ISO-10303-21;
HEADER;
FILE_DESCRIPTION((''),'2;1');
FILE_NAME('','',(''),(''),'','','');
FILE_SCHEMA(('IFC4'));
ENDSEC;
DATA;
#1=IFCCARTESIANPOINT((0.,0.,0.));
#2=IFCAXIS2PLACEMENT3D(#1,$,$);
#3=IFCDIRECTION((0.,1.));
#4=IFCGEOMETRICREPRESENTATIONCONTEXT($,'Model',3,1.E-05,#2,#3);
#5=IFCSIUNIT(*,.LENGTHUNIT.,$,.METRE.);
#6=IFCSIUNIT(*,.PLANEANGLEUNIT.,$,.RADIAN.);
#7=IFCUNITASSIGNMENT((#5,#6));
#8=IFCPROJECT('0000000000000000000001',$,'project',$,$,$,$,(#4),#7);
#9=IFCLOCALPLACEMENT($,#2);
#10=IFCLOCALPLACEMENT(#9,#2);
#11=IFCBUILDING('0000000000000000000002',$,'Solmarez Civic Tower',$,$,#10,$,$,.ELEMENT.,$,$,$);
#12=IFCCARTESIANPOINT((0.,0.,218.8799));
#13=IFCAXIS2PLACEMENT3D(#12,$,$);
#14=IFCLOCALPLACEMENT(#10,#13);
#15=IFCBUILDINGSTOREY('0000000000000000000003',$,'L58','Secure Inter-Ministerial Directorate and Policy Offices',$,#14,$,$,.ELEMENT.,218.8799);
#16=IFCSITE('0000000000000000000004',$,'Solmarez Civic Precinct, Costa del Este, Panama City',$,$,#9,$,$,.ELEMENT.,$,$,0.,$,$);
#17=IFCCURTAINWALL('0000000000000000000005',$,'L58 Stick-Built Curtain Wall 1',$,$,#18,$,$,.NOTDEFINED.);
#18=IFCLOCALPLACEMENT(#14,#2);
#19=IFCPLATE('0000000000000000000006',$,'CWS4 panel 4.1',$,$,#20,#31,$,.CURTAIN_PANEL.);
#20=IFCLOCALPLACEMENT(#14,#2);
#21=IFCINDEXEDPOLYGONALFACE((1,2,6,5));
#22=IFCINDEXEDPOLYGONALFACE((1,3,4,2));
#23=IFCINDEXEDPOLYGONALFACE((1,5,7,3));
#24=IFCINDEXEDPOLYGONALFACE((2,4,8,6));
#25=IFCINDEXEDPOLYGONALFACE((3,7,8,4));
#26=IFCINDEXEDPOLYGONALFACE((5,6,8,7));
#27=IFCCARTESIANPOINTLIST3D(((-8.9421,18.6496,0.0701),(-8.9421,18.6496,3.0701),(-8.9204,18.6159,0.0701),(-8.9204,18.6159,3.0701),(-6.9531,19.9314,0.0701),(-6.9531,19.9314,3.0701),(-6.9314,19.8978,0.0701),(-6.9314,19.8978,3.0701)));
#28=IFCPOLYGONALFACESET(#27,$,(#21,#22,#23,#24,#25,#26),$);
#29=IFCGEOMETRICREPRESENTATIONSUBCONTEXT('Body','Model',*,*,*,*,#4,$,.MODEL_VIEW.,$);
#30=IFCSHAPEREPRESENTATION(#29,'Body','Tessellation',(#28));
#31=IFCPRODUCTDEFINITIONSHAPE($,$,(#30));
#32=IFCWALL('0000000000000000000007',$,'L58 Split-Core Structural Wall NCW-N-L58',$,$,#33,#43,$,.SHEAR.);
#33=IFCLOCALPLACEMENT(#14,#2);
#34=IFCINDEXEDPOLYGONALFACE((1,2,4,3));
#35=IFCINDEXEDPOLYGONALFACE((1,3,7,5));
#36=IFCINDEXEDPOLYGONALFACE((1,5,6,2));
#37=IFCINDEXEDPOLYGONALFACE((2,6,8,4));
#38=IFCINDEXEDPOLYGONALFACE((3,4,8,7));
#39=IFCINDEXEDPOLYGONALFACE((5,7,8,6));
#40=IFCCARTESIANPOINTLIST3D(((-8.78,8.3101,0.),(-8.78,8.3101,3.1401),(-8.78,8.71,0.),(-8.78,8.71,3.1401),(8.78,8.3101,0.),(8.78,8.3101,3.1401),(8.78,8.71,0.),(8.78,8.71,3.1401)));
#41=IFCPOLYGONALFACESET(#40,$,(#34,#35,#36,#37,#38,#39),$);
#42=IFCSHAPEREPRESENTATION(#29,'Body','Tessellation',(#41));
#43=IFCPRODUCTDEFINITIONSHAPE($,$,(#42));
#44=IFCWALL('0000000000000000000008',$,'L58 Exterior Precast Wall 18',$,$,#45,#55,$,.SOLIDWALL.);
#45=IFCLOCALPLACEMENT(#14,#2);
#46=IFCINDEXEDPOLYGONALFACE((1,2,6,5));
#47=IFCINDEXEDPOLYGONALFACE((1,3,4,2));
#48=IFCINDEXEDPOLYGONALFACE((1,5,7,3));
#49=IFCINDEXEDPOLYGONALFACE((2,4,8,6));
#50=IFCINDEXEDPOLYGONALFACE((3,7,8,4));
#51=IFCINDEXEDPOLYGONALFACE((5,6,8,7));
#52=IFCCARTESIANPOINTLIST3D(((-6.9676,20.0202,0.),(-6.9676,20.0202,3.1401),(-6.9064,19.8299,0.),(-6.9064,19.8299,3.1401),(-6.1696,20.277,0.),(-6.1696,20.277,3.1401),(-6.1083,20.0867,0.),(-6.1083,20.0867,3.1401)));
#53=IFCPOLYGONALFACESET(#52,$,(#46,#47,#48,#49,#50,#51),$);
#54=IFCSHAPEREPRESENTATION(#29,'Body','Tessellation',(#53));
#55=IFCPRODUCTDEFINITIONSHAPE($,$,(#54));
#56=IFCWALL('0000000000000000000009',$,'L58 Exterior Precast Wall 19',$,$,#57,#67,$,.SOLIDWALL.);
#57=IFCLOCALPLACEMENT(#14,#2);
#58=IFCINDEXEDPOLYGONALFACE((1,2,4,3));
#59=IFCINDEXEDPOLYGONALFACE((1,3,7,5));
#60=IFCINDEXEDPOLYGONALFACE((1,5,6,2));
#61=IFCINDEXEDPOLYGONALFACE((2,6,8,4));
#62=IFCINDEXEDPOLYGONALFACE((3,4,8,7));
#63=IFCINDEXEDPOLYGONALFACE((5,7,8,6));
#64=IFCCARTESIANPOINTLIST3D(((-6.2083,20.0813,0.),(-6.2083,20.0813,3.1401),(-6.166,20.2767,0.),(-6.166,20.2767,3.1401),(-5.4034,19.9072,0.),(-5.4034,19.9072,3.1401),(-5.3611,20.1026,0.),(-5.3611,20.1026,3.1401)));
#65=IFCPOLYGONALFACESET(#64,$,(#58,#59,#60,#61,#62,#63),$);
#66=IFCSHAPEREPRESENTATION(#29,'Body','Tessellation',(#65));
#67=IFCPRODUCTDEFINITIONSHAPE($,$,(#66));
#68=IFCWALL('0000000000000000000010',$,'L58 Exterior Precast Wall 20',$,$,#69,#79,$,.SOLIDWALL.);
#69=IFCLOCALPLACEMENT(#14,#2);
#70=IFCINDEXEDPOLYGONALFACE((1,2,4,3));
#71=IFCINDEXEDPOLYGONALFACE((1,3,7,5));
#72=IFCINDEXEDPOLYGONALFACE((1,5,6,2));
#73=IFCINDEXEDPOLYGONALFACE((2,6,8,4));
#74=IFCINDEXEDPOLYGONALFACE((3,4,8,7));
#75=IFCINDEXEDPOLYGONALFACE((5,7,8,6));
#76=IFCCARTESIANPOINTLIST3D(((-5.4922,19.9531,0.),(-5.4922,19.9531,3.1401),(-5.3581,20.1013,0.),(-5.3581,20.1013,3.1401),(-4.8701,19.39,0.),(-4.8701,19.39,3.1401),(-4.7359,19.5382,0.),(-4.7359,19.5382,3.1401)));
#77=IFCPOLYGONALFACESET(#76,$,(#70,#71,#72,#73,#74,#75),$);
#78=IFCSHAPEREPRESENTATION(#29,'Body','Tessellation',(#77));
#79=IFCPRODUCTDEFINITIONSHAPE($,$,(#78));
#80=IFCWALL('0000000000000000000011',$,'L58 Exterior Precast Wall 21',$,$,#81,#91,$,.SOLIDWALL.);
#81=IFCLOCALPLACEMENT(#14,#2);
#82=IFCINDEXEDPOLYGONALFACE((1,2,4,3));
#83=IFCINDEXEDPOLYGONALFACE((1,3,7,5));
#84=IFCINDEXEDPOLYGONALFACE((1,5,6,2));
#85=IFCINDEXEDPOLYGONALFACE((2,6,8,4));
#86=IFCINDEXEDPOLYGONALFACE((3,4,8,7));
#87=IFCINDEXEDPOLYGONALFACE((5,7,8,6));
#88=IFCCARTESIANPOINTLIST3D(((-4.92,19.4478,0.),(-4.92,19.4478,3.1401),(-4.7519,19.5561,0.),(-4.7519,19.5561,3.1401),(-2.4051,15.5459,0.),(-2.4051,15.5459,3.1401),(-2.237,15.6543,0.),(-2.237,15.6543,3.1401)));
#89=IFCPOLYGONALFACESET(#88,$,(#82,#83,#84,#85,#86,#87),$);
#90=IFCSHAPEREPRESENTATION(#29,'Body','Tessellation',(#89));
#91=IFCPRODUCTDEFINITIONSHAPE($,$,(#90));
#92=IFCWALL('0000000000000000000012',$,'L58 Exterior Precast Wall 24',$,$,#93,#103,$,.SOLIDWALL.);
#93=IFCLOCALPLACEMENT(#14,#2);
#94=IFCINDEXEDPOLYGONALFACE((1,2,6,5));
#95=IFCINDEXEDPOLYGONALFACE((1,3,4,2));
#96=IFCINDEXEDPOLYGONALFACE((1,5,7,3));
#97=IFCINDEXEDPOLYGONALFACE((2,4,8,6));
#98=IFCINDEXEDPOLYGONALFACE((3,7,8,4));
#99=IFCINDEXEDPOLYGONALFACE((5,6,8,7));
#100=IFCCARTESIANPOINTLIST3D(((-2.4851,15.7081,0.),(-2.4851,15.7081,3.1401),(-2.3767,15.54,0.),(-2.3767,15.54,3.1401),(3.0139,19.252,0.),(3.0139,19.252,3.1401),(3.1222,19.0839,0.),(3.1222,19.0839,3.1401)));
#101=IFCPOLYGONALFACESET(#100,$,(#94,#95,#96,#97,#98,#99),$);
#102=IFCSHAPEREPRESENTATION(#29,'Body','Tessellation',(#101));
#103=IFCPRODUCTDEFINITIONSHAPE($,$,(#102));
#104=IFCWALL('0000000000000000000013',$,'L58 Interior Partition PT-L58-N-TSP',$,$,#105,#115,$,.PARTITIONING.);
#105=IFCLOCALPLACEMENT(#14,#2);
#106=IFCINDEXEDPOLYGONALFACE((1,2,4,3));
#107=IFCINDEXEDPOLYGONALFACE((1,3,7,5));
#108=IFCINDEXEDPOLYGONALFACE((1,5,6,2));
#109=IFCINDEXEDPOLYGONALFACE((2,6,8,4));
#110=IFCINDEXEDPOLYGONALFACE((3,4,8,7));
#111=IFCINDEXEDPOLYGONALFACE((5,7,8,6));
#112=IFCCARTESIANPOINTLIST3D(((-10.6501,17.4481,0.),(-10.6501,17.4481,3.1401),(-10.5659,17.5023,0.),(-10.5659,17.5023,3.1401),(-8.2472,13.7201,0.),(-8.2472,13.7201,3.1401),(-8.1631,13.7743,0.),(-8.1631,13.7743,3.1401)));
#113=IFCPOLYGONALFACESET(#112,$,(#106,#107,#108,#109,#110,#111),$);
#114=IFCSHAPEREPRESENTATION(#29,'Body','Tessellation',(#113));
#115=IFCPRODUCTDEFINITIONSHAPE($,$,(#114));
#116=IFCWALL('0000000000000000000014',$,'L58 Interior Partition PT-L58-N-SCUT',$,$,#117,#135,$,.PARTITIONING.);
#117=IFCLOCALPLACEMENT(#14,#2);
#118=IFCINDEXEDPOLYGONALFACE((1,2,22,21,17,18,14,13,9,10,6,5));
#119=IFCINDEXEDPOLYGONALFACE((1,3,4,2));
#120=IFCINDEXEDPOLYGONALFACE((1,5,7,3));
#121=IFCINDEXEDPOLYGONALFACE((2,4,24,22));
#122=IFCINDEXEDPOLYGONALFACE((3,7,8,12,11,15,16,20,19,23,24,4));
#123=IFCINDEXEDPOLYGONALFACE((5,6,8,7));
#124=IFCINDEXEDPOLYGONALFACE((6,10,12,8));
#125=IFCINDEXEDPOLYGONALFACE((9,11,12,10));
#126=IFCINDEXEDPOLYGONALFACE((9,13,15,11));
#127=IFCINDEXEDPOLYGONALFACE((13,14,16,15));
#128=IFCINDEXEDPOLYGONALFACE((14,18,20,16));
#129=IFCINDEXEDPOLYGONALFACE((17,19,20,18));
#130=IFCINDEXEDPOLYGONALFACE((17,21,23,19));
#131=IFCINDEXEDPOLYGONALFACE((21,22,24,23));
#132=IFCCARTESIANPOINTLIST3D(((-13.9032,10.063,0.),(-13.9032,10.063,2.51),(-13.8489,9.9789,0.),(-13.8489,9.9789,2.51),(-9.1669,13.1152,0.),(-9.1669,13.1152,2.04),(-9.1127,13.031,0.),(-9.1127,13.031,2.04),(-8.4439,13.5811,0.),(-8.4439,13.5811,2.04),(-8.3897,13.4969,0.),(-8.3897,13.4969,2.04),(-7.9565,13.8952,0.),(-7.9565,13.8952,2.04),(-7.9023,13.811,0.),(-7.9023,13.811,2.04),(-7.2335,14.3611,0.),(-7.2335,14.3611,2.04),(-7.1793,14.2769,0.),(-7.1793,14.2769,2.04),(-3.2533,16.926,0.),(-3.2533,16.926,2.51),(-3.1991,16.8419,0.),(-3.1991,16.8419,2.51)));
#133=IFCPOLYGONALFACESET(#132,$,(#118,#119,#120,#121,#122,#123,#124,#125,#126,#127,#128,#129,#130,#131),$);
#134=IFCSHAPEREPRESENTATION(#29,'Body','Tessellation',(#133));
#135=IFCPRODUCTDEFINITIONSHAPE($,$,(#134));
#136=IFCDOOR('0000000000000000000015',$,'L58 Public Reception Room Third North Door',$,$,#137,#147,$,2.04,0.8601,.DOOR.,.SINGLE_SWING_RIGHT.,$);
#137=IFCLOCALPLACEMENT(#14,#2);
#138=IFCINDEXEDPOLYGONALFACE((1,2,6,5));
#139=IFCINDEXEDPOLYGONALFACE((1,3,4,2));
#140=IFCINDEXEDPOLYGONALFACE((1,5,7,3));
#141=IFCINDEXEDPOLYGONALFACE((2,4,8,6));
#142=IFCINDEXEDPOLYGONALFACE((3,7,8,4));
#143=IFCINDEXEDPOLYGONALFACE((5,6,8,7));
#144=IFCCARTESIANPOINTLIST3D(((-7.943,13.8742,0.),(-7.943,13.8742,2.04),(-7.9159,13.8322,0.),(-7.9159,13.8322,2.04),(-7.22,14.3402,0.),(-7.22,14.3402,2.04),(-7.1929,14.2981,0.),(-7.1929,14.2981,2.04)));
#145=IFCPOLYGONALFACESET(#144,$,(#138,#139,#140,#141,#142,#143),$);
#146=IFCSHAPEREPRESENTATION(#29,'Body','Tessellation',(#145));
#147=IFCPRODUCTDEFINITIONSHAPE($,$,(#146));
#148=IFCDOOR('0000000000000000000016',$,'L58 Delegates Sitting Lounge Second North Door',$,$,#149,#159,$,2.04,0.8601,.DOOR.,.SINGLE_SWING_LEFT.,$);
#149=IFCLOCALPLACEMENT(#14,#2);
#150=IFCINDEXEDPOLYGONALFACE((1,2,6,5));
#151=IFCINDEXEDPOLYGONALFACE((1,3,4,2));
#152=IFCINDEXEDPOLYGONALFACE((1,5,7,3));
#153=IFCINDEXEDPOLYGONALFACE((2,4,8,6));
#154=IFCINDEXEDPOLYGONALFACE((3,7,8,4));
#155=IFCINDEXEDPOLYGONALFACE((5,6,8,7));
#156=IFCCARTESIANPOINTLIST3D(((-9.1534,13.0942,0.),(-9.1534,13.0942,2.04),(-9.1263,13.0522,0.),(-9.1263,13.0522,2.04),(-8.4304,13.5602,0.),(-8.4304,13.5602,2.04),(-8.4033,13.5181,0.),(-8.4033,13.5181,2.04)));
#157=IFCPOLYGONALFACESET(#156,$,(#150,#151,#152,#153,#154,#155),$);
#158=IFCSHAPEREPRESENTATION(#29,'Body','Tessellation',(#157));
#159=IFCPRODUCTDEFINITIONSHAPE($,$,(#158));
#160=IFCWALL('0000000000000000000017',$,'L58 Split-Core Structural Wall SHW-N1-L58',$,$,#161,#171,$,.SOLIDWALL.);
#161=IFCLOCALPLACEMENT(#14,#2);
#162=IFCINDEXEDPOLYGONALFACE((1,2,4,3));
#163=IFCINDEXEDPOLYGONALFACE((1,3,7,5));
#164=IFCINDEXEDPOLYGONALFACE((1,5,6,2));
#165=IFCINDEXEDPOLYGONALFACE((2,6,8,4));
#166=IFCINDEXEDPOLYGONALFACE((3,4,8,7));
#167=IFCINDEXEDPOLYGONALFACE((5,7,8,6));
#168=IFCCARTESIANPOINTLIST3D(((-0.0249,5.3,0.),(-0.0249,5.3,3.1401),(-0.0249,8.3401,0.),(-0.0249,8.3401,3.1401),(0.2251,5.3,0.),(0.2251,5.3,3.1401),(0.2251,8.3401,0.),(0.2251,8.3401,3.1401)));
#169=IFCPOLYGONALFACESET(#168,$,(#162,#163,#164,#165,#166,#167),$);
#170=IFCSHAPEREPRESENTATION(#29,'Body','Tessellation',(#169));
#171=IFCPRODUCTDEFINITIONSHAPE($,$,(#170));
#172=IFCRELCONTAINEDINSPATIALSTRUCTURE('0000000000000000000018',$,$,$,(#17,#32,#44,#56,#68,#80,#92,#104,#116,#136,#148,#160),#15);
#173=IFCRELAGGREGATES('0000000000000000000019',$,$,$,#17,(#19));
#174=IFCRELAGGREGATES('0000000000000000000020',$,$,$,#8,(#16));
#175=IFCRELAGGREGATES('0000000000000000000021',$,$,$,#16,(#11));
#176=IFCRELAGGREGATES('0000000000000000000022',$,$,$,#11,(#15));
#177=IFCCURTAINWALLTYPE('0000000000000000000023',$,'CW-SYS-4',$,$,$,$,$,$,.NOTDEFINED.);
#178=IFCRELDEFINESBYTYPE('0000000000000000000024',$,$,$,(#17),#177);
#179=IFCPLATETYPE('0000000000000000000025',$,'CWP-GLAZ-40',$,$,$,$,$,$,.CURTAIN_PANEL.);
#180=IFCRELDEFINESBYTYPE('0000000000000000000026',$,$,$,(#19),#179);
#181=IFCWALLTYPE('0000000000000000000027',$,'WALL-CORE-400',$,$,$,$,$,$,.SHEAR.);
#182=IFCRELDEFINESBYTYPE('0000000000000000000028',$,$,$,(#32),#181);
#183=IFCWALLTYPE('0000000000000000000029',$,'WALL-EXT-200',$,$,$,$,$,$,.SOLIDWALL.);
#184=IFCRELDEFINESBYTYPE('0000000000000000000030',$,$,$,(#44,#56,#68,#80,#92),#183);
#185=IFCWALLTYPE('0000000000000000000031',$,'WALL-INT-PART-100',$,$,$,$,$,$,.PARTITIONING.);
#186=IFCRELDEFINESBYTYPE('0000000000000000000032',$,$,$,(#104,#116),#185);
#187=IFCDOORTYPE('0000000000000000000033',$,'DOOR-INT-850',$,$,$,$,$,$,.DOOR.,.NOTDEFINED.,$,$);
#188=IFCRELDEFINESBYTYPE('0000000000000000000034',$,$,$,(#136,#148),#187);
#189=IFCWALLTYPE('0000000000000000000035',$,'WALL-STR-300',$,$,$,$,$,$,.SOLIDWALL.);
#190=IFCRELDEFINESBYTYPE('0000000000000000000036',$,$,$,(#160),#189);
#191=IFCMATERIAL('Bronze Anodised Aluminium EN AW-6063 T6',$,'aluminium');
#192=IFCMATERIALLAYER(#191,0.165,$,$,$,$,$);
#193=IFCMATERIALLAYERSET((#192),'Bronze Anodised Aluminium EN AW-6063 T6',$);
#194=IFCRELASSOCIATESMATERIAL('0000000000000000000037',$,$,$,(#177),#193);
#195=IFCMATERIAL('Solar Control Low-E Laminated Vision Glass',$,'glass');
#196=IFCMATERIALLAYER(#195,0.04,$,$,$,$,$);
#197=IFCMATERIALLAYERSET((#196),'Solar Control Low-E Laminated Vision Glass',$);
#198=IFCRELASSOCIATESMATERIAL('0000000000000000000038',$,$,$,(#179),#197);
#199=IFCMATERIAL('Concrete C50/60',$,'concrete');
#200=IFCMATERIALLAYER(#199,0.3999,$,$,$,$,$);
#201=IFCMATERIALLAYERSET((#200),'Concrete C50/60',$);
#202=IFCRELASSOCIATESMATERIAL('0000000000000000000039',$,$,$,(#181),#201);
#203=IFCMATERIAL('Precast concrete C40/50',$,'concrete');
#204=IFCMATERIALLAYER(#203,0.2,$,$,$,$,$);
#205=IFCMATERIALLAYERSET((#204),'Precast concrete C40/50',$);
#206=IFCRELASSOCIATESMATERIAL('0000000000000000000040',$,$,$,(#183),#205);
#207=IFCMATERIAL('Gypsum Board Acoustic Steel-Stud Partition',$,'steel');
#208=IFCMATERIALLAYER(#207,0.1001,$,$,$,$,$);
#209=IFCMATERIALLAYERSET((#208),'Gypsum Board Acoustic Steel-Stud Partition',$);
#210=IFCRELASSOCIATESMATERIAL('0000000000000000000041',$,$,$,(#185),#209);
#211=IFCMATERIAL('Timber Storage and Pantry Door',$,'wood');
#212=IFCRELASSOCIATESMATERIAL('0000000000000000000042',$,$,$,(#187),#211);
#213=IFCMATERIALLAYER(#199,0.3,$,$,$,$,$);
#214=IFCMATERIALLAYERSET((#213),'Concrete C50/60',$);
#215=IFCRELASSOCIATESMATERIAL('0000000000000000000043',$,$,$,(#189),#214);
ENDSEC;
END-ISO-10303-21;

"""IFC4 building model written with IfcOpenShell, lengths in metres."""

from ifc_helpers import new_model, si_unit, direction, frame, frame_2d, origin, origin_2d, place, context, subcontext, project, spatial, rectangle, extrude, material, layer, layer_set, type_object, element, fill, aggregate, save


model = new_model("IFC4")

# Units and contexts
model_context = context("Model", 3, precision=1e-05, world=origin(), true_north=direction((0.0, 1.0)))
body_context = subcontext(model_context, "Body", "Model", "MODEL_VIEW")
ifc_project = project(units=[si_unit("LENGTHUNIT", "METRE"), si_unit("PLANEANGLEUNIT", "RADIAN")], contexts=[model_context])

# Site, building, storey
site_placement = place(None, origin())
site = spatial("IfcSite", under=ifc_project, at=site_placement, Name="Solmarez Civic Precinct, Costa del Este, Panama City", CompositionType="ELEMENT", RefElevation=0.0)
building_placement = place(site_placement, origin())
building = spatial("IfcBuilding", under=site, at=building_placement, Name="Solmarez Civic Tower", CompositionType="ELEMENT")
storey_placement = place(building_placement, frame((0.0, 0.0, 218.8799)))
storey = spatial("IfcBuildingStorey", under=building, at=storey_placement, Name="L58", Description="Secure Inter-Ministerial Directorate and Policy Offices", CompositionType="ELEMENT", Elevation=218.8799)

# Shared definitions
ifc_material_1 = material(Name="Concrete C50/60", Category="concrete")

# Curtain wall, plate
ifc_material_2 = material(Name="Bronze Anodised Aluminium EN AW-6063 T6", Category="aluminium")
ifc_layer_1 = layer(ifc_material_2, 0.165)
ifc_layer_set_1 = layer_set([ifc_layer_1], Name="Bronze Anodised Aluminium EN AW-6063 T6")
curtain_wall_type = type_object("IfcCurtainWallType", Name="CW-SYS-4", PredefinedType="NOTDEFINED", material=ifc_layer_set_1)
curtain_wall_placement = place(storey_placement, origin())
curtain_wall = element("IfcCurtainWall", 1, at=curtain_wall_placement, inside=storey, type_object=curtain_wall_type, Name="L58 Stick-Built Curtain Wall 1", PredefinedType="NOTDEFINED")
ifc_material_3 = material(Name="Solar Control Low-E Laminated Vision Glass", Category="glass")
ifc_layer_2 = layer(ifc_material_3, 0.04)
ifc_layer_set_2 = layer_set([ifc_layer_2], Name="Solar Control Low-E Laminated Vision Glass")
plate_type = type_object("IfcPlateType", Name="CWP-GLAZ-40", PredefinedType="CURTAIN_PANEL", material=ifc_layer_set_2)
plate_placement = place(storey_placement, frame((-7.9368, 19.2737, 0.0701), z_axis=(0.0, 0.0, 1.0), x_axis=(0.840563, 0.541714, 0.0)))
plate = element("IfcPlate", 2, at=plate_placement, type_object=plate_type, Name="CWS4 panel 4.1", PredefinedType="CURTAIN_PANEL", context=body_context, shape_type="SweptSolid", body=[
    extrude(rectangle(XDim=2.3662, YDim=0.04, at=origin_2d()), origin(), (0.0, 0.0, 1.0), 3.0),
])
aggregate(curtain_wall, [plate])

# Walls
ifc_layer_3 = layer(ifc_material_1, 0.3999)
ifc_layer_set_3 = layer_set([ifc_layer_3], Name="Concrete C50/60")
wall_type_1 = type_object("IfcWallType", Name="WALL-CORE-400", PredefinedType="SHEAR", material=ifc_layer_set_3)
wall_1_placement = place(storey_placement, frame((-8.78, 8.51, 0.0), z_axis=(0.0, 0.0, 1.0), x_axis=(1.0, 0.0, 0.0)))
element("IfcWall", 3, at=wall_1_placement, inside=storey, type_object=wall_type_1, Name="L58 Split-Core Structural Wall NCW-N-L58", PredefinedType="SHEAR", context=body_context, shape_type="SweptSolid", body=[
    extrude(rectangle(XDim=17.5601, YDim=0.3999, at=frame_2d((8.78, 0.0))), origin(), (0.0, 0.0, 1.0), 3.1401),
])
ifc_material_4 = material(Name="Precast concrete C40/50", Category="concrete")
ifc_layer_4 = layer(ifc_material_4, 0.2)
ifc_layer_set_4 = layer_set([ifc_layer_4], Name="Precast concrete C40/50")
wall_type_2 = type_object("IfcWallType", Name="WALL-EXT-200", PredefinedType="SOLIDWALL", material=ifc_layer_set_4)
wall_2_placement = place(storey_placement, frame((-6.937, 19.925, 0.0), z_axis=(0.0, 0.0, 1.0), x_axis=(0.951922, 0.306339, 0.0)))
element("IfcWall", 4, at=wall_2_placement, inside=storey, type_object=wall_type_2, Name="L58 Exterior Precast Wall 18", PredefinedType="SOLIDWALL", context=body_context, shape_type="SweptSolid", body=[
    extrude(rectangle(XDim=0.8384, YDim=0.2, at=frame_2d((0.4192, 0.0))), origin(), (0.0, 0.0, 1.0), 3.1401),
])
wall_3_placement = place(storey_placement, frame((-6.187, 20.179, 0.0), z_axis=(0.0, 0.0, 1.0), x_axis=(0.977406, -0.211371, 0.0)))
element("IfcWall", 5, at=wall_3_placement, inside=storey, type_object=wall_type_2, Name="L58 Exterior Precast Wall 19", PredefinedType="SOLIDWALL", context=body_context, shape_type="SweptSolid", body=[
    extrude(rectangle(XDim=0.8235, YDim=0.2, at=frame_2d((0.4116, 0.0))), origin(), (0.0, 0.0, 1.0), 3.1401),
])
wall_4_placement = place(storey_placement, frame((-5.425, 20.0271, 0.0), z_axis=(0.0, 0.0, 1.0), x_axis=(0.741439, -0.67102, 0.0)))
element("IfcWall", 6, at=wall_4_placement, inside=storey, type_object=wall_type_2, Name="L58 Exterior Precast Wall 20", PredefinedType="SOLIDWALL", context=body_context, shape_type="SweptSolid", body=[
    extrude(rectangle(XDim=0.8391, YDim=0.2, at=frame_2d((0.4194, 0.0))), origin(), (0.0, 0.0, 1.0), 3.1401),
])
wall_5_placement = place(storey_placement, frame((-4.8359, 19.502, 0.0), z_axis=(0.0, 0.0, 1.0), x_axis=(0.541757, -0.840535, 0.0)))
element("IfcWall", 7, at=wall_5_placement, inside=storey, type_object=wall_type_2, Name="L58 Exterior Precast Wall 21", PredefinedType="SOLIDWALL", context=body_context, shape_type="SweptSolid", body=[
    extrude(rectangle(XDim=4.6421, YDim=0.2, at=frame_2d((2.321, 0.0))), origin(), (0.0, 0.0, 1.0), 3.1401),
])
wall_6_placement = place(storey_placement, frame((-2.4309, 15.624, 0.0), z_axis=(0.0, 0.0, 1.0), x_axis=(0.840562, 0.541715, 0.0)))
element("IfcWall", 8, at=wall_6_placement, inside=storey, type_object=wall_type_2, Name="L58 Exterior Precast Wall 24", PredefinedType="SOLIDWALL", context=body_context, shape_type="SweptSolid", body=[
    extrude(rectangle(XDim=6.542, YDim=0.2, at=frame_2d((3.271, 0.0))), origin(), (0.0, 0.0, 1.0), 3.1401),
])
ifc_material_5 = material(Name="Gypsum Board Acoustic Steel-Stud Partition", Category="steel")
ifc_layer_5 = layer(ifc_material_5, 0.1001)
ifc_layer_set_5 = layer_set([ifc_layer_5], Name="Gypsum Board Acoustic Steel-Stud Partition")
wall_type_3 = type_object("IfcWallType", Name="WALL-INT-PART-100", PredefinedType="PARTITIONING", material=ifc_layer_set_5)
wall_7_placement = place(storey_placement, frame((-8.2051, 13.7471, 0.0), z_axis=(0.0, 0.0, 1.0), x_axis=(-0.541753, 0.840538, 0.0)))
element("IfcWall", 9, at=wall_7_placement, inside=storey, type_object=wall_type_3, Name="L58 Interior Partition PT-L58-N-TSP", PredefinedType="PARTITIONING", context=body_context, shape_type="SweptSolid", body=[
    extrude(rectangle(XDim=4.4353, YDim=0.1001, at=frame_2d((2.2178, 0.0))), origin(), (0.0, 0.0, 1.0), 3.1401),
])

# Wall, openings, doors
wall_8_placement = place(storey_placement, frame((-3.2261, 16.884, 0.0), z_axis=(0.0, 0.0, 1.0), x_axis=(-0.840579, -0.541688, 0.0)))
wall_8 = element("IfcWall", 10, at=wall_8_placement, inside=storey, type_object=wall_type_3, Name="L58 Interior Partition PT-L58-N-SCUT", PredefinedType="PARTITIONING", context=body_context, shape_type="SweptSolid", body=[
    extrude(rectangle(XDim=12.6697, YDim=0.1001, at=frame_2d((6.335, 0.0))), origin(), (0.0, 0.0, 1.0), 2.51),
])
opening_1_placement = place(wall_8_placement, frame((4.7351, 0.0, 0.0)))
opening_1 = element("IfcOpeningElement", 11, at=opening_1_placement, cuts=wall_8, PredefinedType="OPENING", context=body_context, shape_type="SweptSolid", body=[
    extrude(rectangle(XDim=0.8601, YDim=2.04, at=frame_2d((0.4302, 1.02))), frame((0.0, 0.0601, 0.0), z_axis=(0.0, -1.0, 0.0), x_axis=(1.0, 0.0, 0.0)), (0.0, 0.0, 1.0), 0.1201),
])
opening_2_placement = place(wall_8_placement, frame((6.175, 0.0, 0.0)))
opening_2 = element("IfcOpeningElement", 12, at=opening_2_placement, cuts=wall_8, PredefinedType="OPENING", context=body_context, shape_type="SweptSolid", body=[
    extrude(rectangle(XDim=0.8601, YDim=2.04, at=frame_2d((0.4302, 1.02))), frame((0.0, 0.0601, 0.0), z_axis=(0.0, -1.0, 0.0), x_axis=(1.0, 0.0, 0.0)), (0.0, 0.0, 1.0), 0.1201),
])
ifc_material_6 = material(Name="Timber Storage and Pantry Door", Category="wood")
door_type = type_object("IfcDoorType", Name="DOOR-INT-850", OperationType="NOTDEFINED", PredefinedType="DOOR", material=ifc_material_6)
door_1_placement = place(opening_1_placement, origin())
door_1 = element("IfcDoor", 13, at=door_1_placement, inside=storey, type_object=door_type, Name="L58 Public Reception Room Third North Door", OperationType="SINGLE_SWING_RIGHT", OverallHeight=2.04, OverallWidth=0.8601, PredefinedType="DOOR", context=body_context, shape_type="SweptSolid", body=[
    extrude(rectangle(XDim=0.8601, YDim=2.04, at=frame_2d((0.4302, 1.02))), frame((0.0, 0.0249, 0.0), z_axis=(0.0, -1.0, 0.0), x_axis=(1.0, 0.0, 0.0)), (0.0, 0.0, 1.0), 0.05),
])
fill(opening_1, door_1)
door_2_placement = place(opening_2_placement, origin())
door_2 = element("IfcDoor", 14, at=door_2_placement, inside=storey, type_object=door_type, Name="L58 Delegates Sitting Lounge Second North Door", OperationType="SINGLE_SWING_LEFT", OverallHeight=2.04, OverallWidth=0.8601, PredefinedType="DOOR", context=body_context, shape_type="SweptSolid", body=[
    extrude(rectangle(XDim=0.8601, YDim=2.04, at=frame_2d((0.4302, 1.02))), frame((0.0, 0.0249, 0.0), z_axis=(0.0, -1.0, 0.0), x_axis=(1.0, 0.0, 0.0)), (0.0, 0.0, 1.0), 0.05),
])
fill(opening_2, door_2)

# Wall
ifc_layer_6 = layer(ifc_material_1, 0.3)
ifc_layer_set_6 = layer_set([ifc_layer_6], Name="Concrete C50/60")
wall_type_4 = type_object("IfcWallType", Name="WALL-STR-300", PredefinedType="SOLIDWALL", material=ifc_layer_set_6)
wall_9_placement = place(storey_placement, frame((0.1001, 5.3, 0.0), z_axis=(0.0, 0.0, 1.0), x_axis=(0.0, 1.0, 0.0)))
element("IfcWall", 15, at=wall_9_placement, inside=storey, type_object=wall_type_4, Name="L58 Split-Core Structural Wall SHW-N1-L58", PredefinedType="SOLIDWALL", context=body_context, shape_type="SweptSolid", body=[
    extrude(rectangle(XDim=3.04, YDim=0.25, at=frame_2d((1.52, 0.0))), origin(), (0.0, 0.0, 1.0), 3.1401),
])

save(model, "model.ifc")
